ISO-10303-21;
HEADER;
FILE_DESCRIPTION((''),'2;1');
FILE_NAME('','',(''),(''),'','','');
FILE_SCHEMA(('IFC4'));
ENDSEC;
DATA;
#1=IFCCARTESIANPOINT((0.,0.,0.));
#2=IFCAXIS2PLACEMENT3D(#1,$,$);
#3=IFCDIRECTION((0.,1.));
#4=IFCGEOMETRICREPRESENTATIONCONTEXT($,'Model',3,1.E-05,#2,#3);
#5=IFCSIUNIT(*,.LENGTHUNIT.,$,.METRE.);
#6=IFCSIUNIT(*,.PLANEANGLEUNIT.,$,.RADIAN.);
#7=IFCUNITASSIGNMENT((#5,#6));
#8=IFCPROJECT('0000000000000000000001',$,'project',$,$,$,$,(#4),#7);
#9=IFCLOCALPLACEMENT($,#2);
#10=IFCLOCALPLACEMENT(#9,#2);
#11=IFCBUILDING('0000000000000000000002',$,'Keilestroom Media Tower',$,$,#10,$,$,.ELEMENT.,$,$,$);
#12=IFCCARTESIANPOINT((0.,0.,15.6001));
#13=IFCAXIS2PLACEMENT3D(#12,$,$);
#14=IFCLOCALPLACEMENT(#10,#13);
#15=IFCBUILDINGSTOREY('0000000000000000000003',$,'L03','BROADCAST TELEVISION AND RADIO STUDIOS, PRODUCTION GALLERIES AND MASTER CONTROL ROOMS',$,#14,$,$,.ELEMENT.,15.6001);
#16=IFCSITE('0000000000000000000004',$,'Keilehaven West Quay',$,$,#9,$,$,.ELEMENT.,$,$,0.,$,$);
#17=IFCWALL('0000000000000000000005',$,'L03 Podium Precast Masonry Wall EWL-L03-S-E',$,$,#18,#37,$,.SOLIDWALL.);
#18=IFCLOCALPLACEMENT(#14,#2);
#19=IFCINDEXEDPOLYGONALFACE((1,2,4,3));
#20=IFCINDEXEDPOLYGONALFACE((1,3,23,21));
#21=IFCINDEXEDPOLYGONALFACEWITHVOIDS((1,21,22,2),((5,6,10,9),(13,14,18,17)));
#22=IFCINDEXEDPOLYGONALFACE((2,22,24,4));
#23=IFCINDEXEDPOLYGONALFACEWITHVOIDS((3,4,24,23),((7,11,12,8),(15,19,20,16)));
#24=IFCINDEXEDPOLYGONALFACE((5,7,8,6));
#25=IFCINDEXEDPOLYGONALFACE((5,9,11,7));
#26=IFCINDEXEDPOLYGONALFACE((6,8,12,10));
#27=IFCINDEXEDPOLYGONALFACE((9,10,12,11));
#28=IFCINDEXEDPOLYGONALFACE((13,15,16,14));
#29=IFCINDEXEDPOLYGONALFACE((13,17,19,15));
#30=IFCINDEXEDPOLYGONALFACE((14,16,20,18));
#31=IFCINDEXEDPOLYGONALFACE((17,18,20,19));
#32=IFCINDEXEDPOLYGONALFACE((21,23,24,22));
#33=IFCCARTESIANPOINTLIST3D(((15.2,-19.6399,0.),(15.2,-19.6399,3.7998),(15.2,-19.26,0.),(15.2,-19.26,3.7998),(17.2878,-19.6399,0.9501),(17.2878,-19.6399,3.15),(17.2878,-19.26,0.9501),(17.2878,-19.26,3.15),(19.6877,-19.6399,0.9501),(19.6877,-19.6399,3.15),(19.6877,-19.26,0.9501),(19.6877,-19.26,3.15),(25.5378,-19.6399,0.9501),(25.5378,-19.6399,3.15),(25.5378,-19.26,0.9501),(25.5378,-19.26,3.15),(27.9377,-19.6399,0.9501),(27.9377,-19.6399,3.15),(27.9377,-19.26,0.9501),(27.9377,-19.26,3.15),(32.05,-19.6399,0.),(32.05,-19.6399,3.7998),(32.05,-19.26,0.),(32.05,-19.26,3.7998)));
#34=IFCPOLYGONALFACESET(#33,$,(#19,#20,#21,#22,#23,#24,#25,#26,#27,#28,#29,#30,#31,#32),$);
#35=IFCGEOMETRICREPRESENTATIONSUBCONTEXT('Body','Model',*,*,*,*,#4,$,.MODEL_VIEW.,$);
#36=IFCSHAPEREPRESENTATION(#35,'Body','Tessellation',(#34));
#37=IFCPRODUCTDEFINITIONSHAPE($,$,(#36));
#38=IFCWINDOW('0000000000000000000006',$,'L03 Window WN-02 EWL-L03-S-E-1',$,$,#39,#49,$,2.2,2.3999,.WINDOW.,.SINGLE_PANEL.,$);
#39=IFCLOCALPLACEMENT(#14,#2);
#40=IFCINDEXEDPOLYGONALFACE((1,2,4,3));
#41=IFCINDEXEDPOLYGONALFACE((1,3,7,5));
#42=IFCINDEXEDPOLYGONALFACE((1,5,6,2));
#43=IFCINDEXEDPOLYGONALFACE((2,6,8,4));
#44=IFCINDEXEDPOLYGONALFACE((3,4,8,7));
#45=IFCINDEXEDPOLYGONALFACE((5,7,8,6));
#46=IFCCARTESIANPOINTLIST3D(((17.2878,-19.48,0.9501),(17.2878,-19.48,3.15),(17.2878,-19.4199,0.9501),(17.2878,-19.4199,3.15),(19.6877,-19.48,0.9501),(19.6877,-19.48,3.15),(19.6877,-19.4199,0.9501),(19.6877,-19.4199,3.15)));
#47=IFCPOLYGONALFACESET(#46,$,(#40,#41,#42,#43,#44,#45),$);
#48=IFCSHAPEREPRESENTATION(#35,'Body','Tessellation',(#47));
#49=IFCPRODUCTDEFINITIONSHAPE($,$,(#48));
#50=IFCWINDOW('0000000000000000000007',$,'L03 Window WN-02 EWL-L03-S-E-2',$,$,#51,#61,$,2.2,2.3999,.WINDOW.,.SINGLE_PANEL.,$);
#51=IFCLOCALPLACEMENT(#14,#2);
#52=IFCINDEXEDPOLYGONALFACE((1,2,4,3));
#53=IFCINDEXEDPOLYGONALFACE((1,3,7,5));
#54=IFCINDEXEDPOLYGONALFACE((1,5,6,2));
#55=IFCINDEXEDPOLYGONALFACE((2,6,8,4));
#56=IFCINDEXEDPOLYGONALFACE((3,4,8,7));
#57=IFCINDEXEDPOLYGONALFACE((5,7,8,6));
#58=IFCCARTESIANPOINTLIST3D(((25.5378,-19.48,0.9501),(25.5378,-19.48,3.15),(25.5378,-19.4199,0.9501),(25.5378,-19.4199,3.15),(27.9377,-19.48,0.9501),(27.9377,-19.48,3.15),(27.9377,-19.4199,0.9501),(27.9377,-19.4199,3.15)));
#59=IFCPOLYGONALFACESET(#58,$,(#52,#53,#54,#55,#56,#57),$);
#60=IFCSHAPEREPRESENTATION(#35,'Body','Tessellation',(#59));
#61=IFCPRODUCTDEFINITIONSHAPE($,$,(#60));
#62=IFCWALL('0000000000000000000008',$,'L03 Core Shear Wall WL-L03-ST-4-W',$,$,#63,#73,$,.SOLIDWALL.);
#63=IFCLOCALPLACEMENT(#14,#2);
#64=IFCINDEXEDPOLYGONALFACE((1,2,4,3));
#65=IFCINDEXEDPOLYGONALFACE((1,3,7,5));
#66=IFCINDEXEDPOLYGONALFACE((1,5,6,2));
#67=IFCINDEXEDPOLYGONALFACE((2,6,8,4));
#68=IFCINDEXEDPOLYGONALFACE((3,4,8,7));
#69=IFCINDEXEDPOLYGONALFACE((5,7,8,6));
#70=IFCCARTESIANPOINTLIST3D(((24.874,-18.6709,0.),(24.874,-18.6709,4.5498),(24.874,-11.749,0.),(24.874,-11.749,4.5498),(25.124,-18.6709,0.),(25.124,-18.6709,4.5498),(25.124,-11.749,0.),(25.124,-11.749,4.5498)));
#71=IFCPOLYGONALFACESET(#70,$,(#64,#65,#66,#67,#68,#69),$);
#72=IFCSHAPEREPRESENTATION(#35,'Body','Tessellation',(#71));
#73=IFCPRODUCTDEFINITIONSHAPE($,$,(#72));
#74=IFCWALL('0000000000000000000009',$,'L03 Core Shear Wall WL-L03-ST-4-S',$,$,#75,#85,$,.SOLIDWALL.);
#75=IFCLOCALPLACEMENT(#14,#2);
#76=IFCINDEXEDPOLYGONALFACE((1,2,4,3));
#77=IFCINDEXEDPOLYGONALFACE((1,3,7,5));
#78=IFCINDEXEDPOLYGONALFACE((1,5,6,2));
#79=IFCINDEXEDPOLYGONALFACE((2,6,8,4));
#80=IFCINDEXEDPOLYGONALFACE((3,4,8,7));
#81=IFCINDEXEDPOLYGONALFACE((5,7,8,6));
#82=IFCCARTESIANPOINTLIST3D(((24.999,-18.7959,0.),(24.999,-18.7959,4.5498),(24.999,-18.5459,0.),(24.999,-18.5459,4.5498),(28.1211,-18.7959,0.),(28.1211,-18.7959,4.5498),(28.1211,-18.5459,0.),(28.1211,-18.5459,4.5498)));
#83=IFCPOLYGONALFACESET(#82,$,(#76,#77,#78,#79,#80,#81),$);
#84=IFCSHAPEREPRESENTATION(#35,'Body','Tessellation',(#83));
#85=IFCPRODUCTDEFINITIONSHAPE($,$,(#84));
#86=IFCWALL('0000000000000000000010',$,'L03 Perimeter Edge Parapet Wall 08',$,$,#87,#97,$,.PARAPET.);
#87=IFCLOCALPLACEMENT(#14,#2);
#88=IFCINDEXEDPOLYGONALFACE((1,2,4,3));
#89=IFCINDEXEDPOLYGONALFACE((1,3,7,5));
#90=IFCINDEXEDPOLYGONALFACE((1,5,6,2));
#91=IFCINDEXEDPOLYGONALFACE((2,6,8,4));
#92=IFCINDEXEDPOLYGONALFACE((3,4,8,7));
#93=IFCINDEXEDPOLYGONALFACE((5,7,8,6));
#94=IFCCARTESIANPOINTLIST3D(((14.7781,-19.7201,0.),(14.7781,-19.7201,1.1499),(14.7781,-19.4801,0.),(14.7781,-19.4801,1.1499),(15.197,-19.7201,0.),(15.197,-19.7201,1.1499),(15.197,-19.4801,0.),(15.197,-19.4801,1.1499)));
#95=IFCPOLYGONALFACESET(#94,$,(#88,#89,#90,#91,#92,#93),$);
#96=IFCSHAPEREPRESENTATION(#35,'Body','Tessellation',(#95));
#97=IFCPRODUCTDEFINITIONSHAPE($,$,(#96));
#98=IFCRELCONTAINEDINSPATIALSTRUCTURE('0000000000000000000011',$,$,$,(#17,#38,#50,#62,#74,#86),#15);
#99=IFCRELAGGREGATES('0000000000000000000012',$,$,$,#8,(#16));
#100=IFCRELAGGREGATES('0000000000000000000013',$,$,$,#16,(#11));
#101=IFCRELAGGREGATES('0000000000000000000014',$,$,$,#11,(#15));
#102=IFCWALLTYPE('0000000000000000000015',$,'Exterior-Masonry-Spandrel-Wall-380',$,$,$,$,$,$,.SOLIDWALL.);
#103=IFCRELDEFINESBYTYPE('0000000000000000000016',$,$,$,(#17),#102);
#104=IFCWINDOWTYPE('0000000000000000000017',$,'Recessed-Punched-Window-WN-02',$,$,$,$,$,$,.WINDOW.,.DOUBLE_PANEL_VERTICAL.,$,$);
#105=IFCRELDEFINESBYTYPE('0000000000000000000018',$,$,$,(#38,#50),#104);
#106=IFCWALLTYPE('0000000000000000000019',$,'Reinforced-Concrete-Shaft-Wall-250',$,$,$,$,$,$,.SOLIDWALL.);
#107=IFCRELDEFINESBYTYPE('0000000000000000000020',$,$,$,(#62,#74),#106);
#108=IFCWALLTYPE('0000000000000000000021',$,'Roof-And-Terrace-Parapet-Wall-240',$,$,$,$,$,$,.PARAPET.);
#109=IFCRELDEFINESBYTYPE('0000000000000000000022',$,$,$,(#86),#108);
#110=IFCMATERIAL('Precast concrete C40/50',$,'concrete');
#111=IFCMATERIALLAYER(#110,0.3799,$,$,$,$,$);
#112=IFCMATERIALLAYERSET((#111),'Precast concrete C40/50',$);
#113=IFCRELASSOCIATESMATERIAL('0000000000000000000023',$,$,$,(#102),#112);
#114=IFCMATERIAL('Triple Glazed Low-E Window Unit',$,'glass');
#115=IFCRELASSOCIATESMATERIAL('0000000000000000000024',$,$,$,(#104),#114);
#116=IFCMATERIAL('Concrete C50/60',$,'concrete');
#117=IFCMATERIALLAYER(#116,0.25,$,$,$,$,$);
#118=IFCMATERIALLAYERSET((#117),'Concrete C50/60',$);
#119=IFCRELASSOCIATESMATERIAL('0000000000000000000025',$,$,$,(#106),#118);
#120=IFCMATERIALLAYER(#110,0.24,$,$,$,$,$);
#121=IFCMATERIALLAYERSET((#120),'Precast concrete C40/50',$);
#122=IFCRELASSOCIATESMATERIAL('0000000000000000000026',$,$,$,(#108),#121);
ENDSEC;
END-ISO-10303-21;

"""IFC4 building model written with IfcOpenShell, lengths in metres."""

from ifc_helpers import new_model, si_unit, direction, frame, frame_2d, origin, place, context, subcontext, project, spatial, rectangle, extrude, source, transform, mapped, material, layer, layer_set, type_object, element, fill, save


model = new_model("IFC4")

# Units and contexts
model_context = context("Model", 3, precision=1e-05, world=origin(), true_north=direction((0.0, 1.0)))
body_context = subcontext(model_context, "Body", "Model", "MODEL_VIEW")
ifc_project = project(units=[si_unit("LENGTHUNIT", "METRE"), si_unit("PLANEANGLEUNIT", "RADIAN")], contexts=[model_context])

# Site, building, storey
site_placement = place(None, origin())
site = spatial("IfcSite", under=ifc_project, at=site_placement, Name="Keilehaven West Quay", CompositionType="ELEMENT", RefElevation=0.0)
building_placement = place(site_placement, origin())
building = spatial("IfcBuilding", under=site, at=building_placement, Name="Keilestroom Media Tower", CompositionType="ELEMENT")
storey_placement = place(building_placement, frame((0.0, 0.0, 15.6001)))
storey = spatial("IfcBuildingStorey", under=building, at=storey_placement, Name="L03", Description="BROADCAST TELEVISION AND RADIO STUDIOS, PRODUCTION GALLERIES AND MASTER CONTROL ROOMS", CompositionType="ELEMENT", Elevation=15.6001)

# Shared definitions
ifc_material_1 = material(Name="Precast concrete C40/50", Category="concrete")

# Wall, openings, windows
ifc_layer_1 = layer(ifc_material_1, 0.3799)
ifc_layer_set_1 = layer_set([ifc_layer_1], Name="Precast concrete C40/50")
wall_type_1 = type_object("IfcWallType", Name="Exterior-Masonry-Spandrel-Wall-380", PredefinedType="SOLIDWALL", material=ifc_layer_set_1)
wall_1_placement = place(storey_placement, frame((15.2, -19.45, 0.0), z_axis=(0.0, 0.0, 1.0), x_axis=(1.0, 0.0, 0.0)))
wall_1 = element("IfcWall", 1, at=wall_1_placement, inside=storey, type_object=wall_type_1, Name="L03 Podium Precast Masonry Wall EWL-L03-S-E", PredefinedType="SOLIDWALL", context=body_context, shape_type="SweptSolid", body=[
    extrude(rectangle(XDim=16.8501, YDim=0.3799, at=frame_2d((8.425, 0.0))), origin(), (0.0, 0.0, 1.0), 3.7998),
])
opening_1_placement = place(wall_1_placement, frame((2.0879, 0.0, 0.95)))
opening_1 = element("IfcOpeningElement", 2, at=opening_1_placement, cuts=wall_1, PredefinedType="OPENING", context=body_context, shape_type="SweptSolid", body=[
    extrude(rectangle(XDim=2.3999, YDim=2.2, at=frame_2d((1.2, 1.1001))), frame((0.0, 0.2, 0.0), z_axis=(0.0, -1.0, 0.0), x_axis=(1.0, 0.0, 0.0)), (0.0, 0.0, 1.0), 0.3999),
])
opening_2_placement = place(wall_1_placement, frame((10.3379, 0.0, 0.95)))
opening_2 = element("IfcOpeningElement", 3, at=opening_2_placement, cuts=wall_1, PredefinedType="OPENING", context=body_context, shape_type="SweptSolid", body=[
    extrude(rectangle(XDim=2.3999, YDim=2.2, at=frame_2d((1.2, 1.1001))), frame((0.0, 0.2, 0.0), z_axis=(0.0, -1.0, 0.0), x_axis=(1.0, 0.0, 0.0)), (0.0, 0.0, 1.0), 0.3999),
])
ifc_material_2 = material(Name="Triple Glazed Low-E Window Unit", Category="glass")
window_type = type_object("IfcWindowType", Name="Recessed-Punched-Window-WN-02", PartitioningType="DOUBLE_PANEL_VERTICAL", PredefinedType="WINDOW", material=ifc_material_2)
shared_shape_1 = source(origin(), body_context, "Body", "SweptSolid", [
    extrude(rectangle(XDim=2.3999, YDim=2.2, at=frame_2d((1.2, 1.1001))), frame((0.0, 0.03, 0.0), z_axis=(0.0, -1.0, 0.0), x_axis=(1.0, 0.0, 0.0)), (0.0, 0.0, 1.0), 0.0601),
])
window_1_placement = place(opening_1_placement, origin())
window_1 = element("IfcWindow", 4, at=window_1_placement, inside=storey, type_object=window_type, Name="L03 Window WN-02 EWL-L03-S-E-1", OverallHeight=2.2, OverallWidth=2.3999, PartitioningType="SINGLE_PANEL", PredefinedType="WINDOW", context=body_context, shape_type="MappedRepresentation", body=[
    mapped(shared_shape_1, transform((0.0, 0.0, 0.0), x_axis=(1.0, 0.0, 0.0), y_axis=(0.0, 1.0, 0.0), z_axis=(0.0, 0.0, 1.0), scale=1.0)),
])
fill(opening_1, window_1)
window_2_placement = place(opening_2_placement, origin())
window_2 = element("IfcWindow", 5, at=window_2_placement, inside=storey, type_object=window_type, Name="L03 Window WN-02 EWL-L03-S-E-2", OverallHeight=2.2, OverallWidth=2.3999, PartitioningType="SINGLE_PANEL", PredefinedType="WINDOW", context=body_context, shape_type="MappedRepresentation", body=[
    mapped(shared_shape_1, transform((0.0, 0.0, 0.0), x_axis=(1.0, 0.0, 0.0), y_axis=(0.0, 1.0, 0.0), z_axis=(0.0, 0.0, 1.0), scale=1.0)),
])
fill(opening_2, window_2)

# Walls
ifc_material_3 = material(Name="Concrete C50/60", Category="concrete")
ifc_layer_2 = layer(ifc_material_3, 0.25)
ifc_layer_set_2 = layer_set([ifc_layer_2], Name="Concrete C50/60")
wall_type_2 = type_object("IfcWallType", Name="Reinforced-Concrete-Shaft-Wall-250", PredefinedType="SOLIDWALL", material=ifc_layer_set_2)
wall_2_placement = place(storey_placement, frame((24.999, -18.6709, 0.0), z_axis=(0.0, 0.0, 1.0), x_axis=(0.0, 1.0, 0.0)))
element("IfcWall", 6, at=wall_2_placement, inside=storey, type_object=wall_type_2, Name="L03 Core Shear Wall WL-L03-ST-4-W", PredefinedType="SOLIDWALL", context=body_context, shape_type="SweptSolid", body=[
    extrude(rectangle(XDim=6.9219, YDim=0.25, at=frame_2d((3.4609, 0.0))), origin(), (0.0, 0.0, 1.0), 4.5498),
])
wall_3_placement = place(storey_placement, frame((24.999, -18.6709, 0.0), z_axis=(0.0, 0.0, 1.0), x_axis=(1.0, 0.0, 0.0)))
element("IfcWall", 7, at=wall_3_placement, inside=storey, type_object=wall_type_2, Name="L03 Core Shear Wall WL-L03-ST-4-S", PredefinedType="SOLIDWALL", context=body_context, shape_type="SweptSolid", body=[
    extrude(rectangle(XDim=3.1221, YDim=0.25, at=frame_2d((1.561, 0.0))), origin(), (0.0, 0.0, 1.0), 4.5498),
])
ifc_layer_3 = layer(ifc_material_1, 0.24)
ifc_layer_set_3 = layer_set([ifc_layer_3], Name="Precast concrete C40/50")
wall_type_3 = type_object("IfcWallType", Name="Roof-And-Terrace-Parapet-Wall-240", PredefinedType="PARAPET", material=ifc_layer_set_3)
wall_4_placement = place(storey_placement, frame((15.197, -19.6001, 0.0), z_axis=(0.0, 0.0, 1.0), x_axis=(-1.0, 0.0, 0.0)))
element("IfcWall", 8, at=wall_4_placement, inside=storey, type_object=wall_type_3, Name="L03 Perimeter Edge Parapet Wall 08", PredefinedType="PARAPET", context=body_context, shape_type="SweptSolid", body=[
    extrude(rectangle(XDim=0.4189, YDim=0.24, at=frame_2d((0.2095, 0.0))), origin(), (0.0, 0.0, 1.0), 1.1499),
])

save(model, "model.ifc")
